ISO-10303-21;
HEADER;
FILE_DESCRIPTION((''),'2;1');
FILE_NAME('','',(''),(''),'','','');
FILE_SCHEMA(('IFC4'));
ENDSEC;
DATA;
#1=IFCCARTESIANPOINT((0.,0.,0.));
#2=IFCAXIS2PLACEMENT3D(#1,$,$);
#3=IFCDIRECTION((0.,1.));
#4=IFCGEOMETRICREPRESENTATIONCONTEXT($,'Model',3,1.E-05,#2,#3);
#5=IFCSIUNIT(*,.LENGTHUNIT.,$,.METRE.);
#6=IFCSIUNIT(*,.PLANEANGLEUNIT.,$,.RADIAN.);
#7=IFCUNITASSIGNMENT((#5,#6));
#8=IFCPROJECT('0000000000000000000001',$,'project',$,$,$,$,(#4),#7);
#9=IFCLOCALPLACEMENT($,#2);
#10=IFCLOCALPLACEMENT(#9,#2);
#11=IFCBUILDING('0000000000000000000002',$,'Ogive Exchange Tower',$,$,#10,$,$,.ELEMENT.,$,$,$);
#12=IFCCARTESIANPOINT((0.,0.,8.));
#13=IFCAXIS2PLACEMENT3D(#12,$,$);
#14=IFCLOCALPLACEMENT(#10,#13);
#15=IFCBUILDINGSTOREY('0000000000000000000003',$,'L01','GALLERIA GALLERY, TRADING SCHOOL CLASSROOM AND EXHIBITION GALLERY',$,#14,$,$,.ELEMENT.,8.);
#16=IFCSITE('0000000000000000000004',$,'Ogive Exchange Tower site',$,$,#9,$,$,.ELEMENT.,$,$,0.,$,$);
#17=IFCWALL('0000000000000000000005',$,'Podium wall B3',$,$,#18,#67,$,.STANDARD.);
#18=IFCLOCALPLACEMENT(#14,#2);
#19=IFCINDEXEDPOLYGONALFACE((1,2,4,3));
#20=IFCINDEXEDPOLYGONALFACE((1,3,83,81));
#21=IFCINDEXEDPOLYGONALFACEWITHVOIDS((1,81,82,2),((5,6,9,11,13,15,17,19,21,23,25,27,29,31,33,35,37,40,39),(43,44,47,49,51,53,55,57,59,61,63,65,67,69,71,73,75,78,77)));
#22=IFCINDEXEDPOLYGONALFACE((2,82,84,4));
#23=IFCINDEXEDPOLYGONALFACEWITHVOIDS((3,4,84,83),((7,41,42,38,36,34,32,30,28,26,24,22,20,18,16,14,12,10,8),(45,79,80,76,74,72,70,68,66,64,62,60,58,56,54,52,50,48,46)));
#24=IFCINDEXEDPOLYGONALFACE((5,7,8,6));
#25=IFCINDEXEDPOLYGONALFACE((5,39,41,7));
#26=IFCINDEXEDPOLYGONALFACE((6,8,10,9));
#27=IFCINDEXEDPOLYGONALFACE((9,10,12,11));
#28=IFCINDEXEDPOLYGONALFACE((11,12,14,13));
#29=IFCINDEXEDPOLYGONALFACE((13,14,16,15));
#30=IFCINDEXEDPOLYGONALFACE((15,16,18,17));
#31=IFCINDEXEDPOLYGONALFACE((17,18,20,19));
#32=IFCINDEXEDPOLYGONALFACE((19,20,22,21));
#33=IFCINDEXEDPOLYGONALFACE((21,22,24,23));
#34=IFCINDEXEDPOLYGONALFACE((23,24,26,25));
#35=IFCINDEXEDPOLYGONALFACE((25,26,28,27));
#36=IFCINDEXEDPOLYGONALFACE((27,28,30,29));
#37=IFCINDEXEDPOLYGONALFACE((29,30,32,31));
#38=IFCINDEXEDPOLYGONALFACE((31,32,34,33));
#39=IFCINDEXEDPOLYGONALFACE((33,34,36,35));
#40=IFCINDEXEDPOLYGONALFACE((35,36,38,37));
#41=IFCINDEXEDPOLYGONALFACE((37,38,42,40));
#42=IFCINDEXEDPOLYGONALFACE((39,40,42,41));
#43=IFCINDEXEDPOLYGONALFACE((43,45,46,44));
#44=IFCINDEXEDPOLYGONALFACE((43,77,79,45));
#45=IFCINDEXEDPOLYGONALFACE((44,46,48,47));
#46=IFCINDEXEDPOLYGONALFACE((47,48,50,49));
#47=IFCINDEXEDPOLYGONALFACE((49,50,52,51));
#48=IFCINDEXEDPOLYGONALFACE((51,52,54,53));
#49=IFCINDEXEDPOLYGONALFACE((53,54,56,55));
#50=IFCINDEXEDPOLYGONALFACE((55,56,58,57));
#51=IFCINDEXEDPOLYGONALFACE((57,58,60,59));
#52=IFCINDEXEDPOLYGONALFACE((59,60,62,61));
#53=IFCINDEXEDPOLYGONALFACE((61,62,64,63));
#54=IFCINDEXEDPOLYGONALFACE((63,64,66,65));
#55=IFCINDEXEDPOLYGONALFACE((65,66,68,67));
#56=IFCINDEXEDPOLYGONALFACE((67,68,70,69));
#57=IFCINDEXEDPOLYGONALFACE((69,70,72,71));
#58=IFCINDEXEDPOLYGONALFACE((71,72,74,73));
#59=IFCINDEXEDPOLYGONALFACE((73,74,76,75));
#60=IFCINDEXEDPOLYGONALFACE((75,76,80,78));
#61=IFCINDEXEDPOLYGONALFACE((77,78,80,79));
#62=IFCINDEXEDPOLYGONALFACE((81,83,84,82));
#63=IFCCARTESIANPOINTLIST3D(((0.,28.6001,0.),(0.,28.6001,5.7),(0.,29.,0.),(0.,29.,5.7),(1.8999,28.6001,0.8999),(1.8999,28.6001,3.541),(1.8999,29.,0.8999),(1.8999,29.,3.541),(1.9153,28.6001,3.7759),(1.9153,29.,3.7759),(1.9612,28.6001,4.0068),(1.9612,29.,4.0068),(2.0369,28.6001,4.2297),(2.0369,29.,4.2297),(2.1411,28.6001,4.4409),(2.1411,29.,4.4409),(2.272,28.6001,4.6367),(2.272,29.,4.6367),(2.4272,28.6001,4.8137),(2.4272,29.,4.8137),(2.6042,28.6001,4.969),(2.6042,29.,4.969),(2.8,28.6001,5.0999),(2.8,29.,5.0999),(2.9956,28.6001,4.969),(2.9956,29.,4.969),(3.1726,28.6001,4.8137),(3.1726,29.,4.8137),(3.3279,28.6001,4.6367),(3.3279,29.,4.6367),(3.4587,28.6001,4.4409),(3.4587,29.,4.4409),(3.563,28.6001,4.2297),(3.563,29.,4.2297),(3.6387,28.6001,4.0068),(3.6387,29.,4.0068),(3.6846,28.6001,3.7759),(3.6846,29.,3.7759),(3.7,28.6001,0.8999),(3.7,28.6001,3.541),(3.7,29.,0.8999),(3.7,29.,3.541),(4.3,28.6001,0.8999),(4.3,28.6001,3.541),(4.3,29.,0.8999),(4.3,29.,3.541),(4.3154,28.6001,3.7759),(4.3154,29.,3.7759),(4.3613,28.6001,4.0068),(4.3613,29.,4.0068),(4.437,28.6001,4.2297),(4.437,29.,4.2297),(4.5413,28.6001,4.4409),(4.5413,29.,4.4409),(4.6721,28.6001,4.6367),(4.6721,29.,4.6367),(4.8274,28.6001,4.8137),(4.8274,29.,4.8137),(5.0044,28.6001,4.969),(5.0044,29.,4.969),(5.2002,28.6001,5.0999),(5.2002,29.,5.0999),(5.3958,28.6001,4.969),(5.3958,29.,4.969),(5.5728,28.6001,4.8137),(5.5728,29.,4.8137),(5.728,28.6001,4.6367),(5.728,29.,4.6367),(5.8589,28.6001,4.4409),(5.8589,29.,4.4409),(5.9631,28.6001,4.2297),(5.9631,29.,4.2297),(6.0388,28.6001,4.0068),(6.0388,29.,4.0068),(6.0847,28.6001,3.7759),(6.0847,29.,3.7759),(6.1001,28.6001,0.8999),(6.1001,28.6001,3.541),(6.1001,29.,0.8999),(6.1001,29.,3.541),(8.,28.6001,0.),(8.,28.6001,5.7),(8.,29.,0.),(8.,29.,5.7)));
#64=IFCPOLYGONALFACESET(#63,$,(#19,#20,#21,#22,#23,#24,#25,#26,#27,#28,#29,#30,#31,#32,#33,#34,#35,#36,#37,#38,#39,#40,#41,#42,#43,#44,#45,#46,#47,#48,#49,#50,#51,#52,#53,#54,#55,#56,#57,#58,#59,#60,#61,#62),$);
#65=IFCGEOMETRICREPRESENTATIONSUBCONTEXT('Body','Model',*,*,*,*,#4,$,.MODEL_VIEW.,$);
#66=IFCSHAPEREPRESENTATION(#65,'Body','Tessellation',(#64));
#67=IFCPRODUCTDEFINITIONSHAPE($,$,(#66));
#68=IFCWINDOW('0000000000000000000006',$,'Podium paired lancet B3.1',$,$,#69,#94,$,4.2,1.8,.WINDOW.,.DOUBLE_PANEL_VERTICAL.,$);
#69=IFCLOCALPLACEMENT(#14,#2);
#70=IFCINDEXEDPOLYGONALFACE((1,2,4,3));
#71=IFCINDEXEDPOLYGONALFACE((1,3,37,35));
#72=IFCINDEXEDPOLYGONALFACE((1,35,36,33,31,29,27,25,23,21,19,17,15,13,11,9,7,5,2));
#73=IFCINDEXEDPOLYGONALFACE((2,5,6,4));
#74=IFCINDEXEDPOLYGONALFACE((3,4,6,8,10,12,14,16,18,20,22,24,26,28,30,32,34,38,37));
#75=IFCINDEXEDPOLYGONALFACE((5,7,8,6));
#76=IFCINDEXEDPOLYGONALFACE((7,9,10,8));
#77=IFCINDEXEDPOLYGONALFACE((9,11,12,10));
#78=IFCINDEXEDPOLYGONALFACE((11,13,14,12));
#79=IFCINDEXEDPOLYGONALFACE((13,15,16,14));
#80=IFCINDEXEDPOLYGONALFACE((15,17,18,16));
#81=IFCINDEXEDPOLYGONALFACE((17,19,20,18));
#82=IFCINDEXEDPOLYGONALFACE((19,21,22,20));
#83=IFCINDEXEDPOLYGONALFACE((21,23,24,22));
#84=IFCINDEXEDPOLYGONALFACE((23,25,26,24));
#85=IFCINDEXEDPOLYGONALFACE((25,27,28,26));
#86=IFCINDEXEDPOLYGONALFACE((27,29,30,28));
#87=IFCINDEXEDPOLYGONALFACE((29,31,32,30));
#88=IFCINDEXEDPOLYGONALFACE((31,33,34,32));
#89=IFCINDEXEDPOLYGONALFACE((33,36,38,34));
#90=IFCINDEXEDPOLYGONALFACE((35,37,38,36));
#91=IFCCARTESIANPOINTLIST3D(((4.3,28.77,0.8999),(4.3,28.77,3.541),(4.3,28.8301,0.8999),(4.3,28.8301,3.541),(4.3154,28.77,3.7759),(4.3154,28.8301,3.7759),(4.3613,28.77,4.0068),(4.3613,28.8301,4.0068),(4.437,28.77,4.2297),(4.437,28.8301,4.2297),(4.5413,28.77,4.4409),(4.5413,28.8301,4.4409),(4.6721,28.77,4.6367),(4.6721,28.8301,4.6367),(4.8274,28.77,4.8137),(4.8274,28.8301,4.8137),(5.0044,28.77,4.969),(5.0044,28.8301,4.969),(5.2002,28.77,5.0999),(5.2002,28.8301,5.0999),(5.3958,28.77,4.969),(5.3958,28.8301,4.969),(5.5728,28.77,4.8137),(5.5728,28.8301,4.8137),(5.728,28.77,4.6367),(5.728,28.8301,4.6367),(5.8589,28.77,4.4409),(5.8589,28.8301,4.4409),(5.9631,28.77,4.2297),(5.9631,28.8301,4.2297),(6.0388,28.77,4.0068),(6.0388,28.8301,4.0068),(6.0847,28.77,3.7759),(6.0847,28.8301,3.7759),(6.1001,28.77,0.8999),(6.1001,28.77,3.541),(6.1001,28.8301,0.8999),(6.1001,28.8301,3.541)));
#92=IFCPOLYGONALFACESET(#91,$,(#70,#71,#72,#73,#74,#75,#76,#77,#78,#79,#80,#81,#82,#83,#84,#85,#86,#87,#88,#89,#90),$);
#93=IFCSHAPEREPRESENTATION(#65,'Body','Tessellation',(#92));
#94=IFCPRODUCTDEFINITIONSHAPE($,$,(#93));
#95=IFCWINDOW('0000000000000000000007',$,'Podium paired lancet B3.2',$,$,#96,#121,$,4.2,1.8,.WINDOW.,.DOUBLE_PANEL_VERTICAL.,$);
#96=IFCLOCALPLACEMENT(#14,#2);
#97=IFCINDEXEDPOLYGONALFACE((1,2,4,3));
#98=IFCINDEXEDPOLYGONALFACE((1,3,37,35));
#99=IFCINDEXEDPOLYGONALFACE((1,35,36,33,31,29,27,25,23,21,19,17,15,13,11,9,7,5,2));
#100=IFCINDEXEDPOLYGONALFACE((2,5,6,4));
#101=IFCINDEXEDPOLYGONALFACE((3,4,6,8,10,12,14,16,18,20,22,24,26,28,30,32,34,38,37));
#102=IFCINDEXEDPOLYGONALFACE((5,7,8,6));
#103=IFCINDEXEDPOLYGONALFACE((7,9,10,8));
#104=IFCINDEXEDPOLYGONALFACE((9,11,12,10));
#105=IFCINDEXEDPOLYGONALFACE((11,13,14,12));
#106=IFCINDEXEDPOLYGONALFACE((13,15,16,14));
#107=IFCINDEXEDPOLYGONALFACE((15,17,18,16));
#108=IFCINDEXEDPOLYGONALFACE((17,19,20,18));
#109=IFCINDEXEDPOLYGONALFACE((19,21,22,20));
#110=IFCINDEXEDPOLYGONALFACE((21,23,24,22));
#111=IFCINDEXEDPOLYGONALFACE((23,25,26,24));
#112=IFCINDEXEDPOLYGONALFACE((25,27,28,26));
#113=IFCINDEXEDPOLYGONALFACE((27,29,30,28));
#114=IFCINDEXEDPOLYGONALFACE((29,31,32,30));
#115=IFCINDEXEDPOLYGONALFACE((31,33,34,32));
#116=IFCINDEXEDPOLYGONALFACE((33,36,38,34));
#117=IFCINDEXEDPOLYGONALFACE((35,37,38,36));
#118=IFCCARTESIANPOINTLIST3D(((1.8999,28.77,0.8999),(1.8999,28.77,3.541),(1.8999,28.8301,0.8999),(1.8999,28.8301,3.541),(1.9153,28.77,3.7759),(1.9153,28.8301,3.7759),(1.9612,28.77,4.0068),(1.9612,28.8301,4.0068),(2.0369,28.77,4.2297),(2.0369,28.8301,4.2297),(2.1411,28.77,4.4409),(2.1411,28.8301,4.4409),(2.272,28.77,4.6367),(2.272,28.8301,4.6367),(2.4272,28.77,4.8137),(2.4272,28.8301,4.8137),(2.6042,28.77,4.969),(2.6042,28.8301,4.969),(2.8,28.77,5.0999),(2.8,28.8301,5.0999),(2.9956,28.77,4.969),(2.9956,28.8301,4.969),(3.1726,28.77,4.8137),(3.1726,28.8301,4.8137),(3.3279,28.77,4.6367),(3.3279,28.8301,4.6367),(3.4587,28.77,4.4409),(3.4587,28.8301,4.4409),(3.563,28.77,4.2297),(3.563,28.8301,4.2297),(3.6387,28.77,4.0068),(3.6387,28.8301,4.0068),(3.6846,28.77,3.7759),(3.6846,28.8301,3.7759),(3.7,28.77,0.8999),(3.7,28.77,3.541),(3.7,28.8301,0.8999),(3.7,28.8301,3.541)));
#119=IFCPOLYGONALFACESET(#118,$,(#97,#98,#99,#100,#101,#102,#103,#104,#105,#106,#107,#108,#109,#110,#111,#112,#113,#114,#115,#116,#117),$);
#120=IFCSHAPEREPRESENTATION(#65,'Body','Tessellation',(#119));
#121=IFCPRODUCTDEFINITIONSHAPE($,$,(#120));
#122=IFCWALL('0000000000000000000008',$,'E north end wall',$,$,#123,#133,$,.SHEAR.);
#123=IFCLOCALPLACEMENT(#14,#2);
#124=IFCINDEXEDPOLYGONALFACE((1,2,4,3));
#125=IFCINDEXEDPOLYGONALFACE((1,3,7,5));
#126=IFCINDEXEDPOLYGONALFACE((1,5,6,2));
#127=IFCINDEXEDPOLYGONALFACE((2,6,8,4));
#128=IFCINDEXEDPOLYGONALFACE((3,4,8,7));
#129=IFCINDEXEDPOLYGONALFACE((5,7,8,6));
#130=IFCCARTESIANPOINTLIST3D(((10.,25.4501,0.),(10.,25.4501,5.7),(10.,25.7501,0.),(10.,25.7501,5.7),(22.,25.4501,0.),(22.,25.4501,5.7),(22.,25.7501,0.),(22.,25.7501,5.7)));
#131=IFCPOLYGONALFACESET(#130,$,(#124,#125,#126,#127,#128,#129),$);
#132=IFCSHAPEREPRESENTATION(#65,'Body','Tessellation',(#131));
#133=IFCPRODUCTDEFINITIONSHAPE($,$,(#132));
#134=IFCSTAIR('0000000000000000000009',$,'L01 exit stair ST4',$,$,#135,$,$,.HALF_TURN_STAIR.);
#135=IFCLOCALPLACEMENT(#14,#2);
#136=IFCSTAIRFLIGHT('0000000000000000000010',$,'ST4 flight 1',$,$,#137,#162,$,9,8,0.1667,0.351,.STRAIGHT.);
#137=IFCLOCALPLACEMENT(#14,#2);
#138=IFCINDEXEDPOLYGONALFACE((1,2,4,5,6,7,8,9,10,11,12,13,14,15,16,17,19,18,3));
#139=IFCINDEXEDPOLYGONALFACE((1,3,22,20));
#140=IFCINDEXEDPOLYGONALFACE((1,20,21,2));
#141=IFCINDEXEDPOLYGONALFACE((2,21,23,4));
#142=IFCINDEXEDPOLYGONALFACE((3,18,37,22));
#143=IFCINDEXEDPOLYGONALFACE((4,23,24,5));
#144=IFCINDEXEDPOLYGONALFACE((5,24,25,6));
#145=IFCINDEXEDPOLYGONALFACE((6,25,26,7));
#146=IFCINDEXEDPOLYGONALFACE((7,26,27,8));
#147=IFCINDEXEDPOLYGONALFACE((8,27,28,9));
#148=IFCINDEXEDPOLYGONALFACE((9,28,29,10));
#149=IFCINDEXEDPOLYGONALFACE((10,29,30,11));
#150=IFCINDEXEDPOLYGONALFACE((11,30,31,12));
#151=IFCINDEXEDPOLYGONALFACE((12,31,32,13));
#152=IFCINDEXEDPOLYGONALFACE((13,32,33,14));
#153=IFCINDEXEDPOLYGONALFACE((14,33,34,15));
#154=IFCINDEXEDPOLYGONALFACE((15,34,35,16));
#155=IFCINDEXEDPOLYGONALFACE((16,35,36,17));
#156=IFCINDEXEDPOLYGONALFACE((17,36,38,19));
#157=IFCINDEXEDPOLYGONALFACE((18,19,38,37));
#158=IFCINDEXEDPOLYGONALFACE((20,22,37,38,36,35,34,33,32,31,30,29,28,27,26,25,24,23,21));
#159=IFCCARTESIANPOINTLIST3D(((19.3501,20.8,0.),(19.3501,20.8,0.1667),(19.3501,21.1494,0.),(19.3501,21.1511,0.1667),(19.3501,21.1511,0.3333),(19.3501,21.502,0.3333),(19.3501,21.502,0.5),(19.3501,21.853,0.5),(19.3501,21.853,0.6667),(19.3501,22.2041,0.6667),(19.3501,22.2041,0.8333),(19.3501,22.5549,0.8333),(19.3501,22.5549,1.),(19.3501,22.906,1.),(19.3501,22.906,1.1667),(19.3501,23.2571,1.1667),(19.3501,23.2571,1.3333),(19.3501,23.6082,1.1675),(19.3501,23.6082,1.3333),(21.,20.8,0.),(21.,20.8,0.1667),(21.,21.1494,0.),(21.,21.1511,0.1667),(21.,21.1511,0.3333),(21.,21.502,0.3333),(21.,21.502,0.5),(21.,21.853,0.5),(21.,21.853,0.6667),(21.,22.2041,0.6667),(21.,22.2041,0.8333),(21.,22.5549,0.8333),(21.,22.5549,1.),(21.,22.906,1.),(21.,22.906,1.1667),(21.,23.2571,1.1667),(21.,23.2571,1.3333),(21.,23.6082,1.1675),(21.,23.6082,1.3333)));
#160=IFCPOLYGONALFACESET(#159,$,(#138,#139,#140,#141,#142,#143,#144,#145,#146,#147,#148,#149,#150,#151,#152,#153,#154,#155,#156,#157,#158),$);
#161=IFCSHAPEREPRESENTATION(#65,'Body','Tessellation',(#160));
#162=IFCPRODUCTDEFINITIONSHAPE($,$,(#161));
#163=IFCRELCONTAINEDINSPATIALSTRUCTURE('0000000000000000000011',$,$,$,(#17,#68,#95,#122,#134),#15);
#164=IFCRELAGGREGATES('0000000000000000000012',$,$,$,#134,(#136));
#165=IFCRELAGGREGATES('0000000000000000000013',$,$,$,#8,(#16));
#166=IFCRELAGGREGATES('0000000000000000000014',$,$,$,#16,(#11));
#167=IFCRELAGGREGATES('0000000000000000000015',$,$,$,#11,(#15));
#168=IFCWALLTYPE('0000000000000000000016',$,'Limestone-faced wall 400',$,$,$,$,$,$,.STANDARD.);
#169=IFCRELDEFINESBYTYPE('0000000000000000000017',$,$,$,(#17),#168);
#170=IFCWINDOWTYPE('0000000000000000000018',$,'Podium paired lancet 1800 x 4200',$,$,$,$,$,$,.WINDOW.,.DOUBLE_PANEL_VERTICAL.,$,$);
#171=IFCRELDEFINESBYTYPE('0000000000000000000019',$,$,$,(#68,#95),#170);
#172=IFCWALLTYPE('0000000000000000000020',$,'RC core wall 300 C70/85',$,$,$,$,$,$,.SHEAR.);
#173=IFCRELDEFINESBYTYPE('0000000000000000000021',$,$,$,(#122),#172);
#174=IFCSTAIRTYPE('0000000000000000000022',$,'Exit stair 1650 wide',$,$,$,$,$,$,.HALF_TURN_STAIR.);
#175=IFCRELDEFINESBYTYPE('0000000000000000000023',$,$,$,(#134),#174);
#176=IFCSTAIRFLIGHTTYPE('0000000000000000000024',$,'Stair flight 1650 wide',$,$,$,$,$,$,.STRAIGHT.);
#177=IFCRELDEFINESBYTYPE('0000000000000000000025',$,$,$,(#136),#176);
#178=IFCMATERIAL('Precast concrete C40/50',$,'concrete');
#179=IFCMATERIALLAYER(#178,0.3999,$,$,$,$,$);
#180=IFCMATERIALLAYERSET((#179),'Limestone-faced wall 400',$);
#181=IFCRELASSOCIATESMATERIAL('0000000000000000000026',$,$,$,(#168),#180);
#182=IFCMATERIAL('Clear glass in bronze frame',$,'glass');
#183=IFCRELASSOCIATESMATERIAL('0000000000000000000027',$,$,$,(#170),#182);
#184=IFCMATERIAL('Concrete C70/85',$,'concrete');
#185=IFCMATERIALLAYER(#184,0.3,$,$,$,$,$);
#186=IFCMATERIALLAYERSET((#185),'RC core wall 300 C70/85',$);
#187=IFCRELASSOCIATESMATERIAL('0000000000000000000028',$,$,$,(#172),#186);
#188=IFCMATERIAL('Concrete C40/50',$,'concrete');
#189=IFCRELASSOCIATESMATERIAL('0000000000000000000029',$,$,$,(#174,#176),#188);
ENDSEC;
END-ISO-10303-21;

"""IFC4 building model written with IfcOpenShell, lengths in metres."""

from ifc_helpers import new_model, si_unit, direction, frame, frame_2d, origin, place, context, subcontext, project, spatial, polyline, rectangle, outline, extrude, material, layer, layer_set, type_object, element, fill, aggregate, save


model = new_model("IFC4")

# Units and contexts
model_context = context("Model", 3, precision=1e-05, world=origin(), true_north=direction((0.0, 1.0)))
body_context = subcontext(model_context, "Body", "Model", "MODEL_VIEW")
ifc_project = project(units=[si_unit("LENGTHUNIT", "METRE"), si_unit("PLANEANGLEUNIT", "RADIAN")], contexts=[model_context])

# Site, building, storey
site_placement = place(None, origin())
site = spatial("IfcSite", under=ifc_project, at=site_placement, Name="Ogive Exchange Tower site", CompositionType="ELEMENT", RefElevation=0.0)
building_placement = place(site_placement, origin())
building = spatial("IfcBuilding", under=site, at=building_placement, Name="Ogive Exchange Tower", CompositionType="ELEMENT")
storey_placement = place(building_placement, frame((0.0, 0.0, 8.0)))
storey = spatial("IfcBuildingStorey", under=building, at=storey_placement, Name="L01", Description="GALLERIA GALLERY, TRADING SCHOOL CLASSROOM AND EXHIBITION GALLERY", CompositionType="ELEMENT", Elevation=8.0)

# Shared definitions
ifc_material_1 = material(Name="Concrete C70/85", Category="concrete")

# Wall, openings, windows
ifc_material_2 = material(Name="Precast concrete C40/50", Category="concrete")
ifc_layer_1 = layer(ifc_material_2, 0.3999)
ifc_layer_set_1 = layer_set([ifc_layer_1], Name="Limestone-faced wall 400")
wall_type_1 = type_object("IfcWallType", Name="Limestone-faced wall 400", PredefinedType="STANDARD", material=ifc_layer_set_1)
ifc_material_3 = material(Name="Clear glass in bronze frame", Category="glass")
window_type = type_object("IfcWindowType", Name="Podium paired lancet 1800 x 4200", PartitioningType="DOUBLE_PANEL_VERTICAL", PredefinedType="WINDOW", material=ifc_material_3)
wall_1_placement = place(storey_placement, frame((8.0, 28.8, 0.0), z_axis=(0.0, 0.0, 1.0), x_axis=(-1.0, 0.0, 0.0)))
wall_1 = element("IfcWall", 1, at=wall_1_placement, inside=storey, type_object=wall_type_1, Name="Podium wall B3", PredefinedType="STANDARD", context=body_context, shape_type="SweptSolid", body=[
    extrude(rectangle(XDim=8.0, YDim=0.3999, at=frame_2d((4.0, 0.0))), origin(), (0.0, 0.0, 1.0), 5.7),
])
opening_1_placement = place(wall_1_placement, frame((1.8999, 0.0, 0.8999)))
opening_1 = element("IfcOpeningElement", 2, at=opening_1_placement, cuts=wall_1, PredefinedType="OPENING", context=body_context, shape_type="SweptSolid", body=[
    extrude(outline(polyline([(0.0, 0.0), (1.8, 0.0), (1.8, 2.6411), (1.7847, 2.876), (1.7388, 3.1069), (1.6631, 3.3298), (1.5588, 3.541), (1.428, 3.7368), (1.2727, 3.9138), (1.0957, 4.0691), (0.8999, 4.2), (0.7043, 4.0691), (0.5273, 3.9138), (0.3721, 3.7368), (0.2412, 3.541), (0.137, 3.3298), (0.0613, 3.1069), (0.0154, 2.876), (0.0, 2.6411), (0.0, 0.0)])), frame((0.0, 0.21, 0.0), z_axis=(0.0, -1.0, 0.0), x_axis=(1.0, 0.0, 0.0)), (0.0, 0.0, 1.0), 0.4199),
])
opening_2_placement = place(wall_1_placement, frame((4.3, 0.0, 0.8999)))
opening_2 = element("IfcOpeningElement", 3, at=opening_2_placement, cuts=wall_1, PredefinedType="OPENING", context=body_context, shape_type="SweptSolid", body=[
    extrude(outline(polyline([(0.0, 0.0), (1.8, 0.0), (1.8, 2.6411), (1.7847, 2.876), (1.7388, 3.1069), (1.6631, 3.3298), (1.5588, 3.541), (1.428, 3.7368), (1.2727, 3.9138), (1.0957, 4.0691), (0.8999, 4.2), (0.7043, 4.0691), (0.5273, 3.9138), (0.3721, 3.7368), (0.2412, 3.541), (0.137, 3.3298), (0.0613, 3.1069), (0.0154, 2.876), (0.0, 2.6411), (0.0, 0.0)])), frame((0.0, 0.21, 0.0), z_axis=(0.0, -1.0, 0.0), x_axis=(1.0, 0.0, 0.0)), (0.0, 0.0, 1.0), 0.4199),
])
window_1_placement = place(opening_1_placement, origin())
window_1 = element("IfcWindow", 4, at=window_1_placement, inside=storey, type_object=window_type, Name="Podium paired lancet B3.1", OverallHeight=4.2, OverallWidth=1.8, PartitioningType="DOUBLE_PANEL_VERTICAL", PredefinedType="WINDOW", context=body_context, shape_type="SweptSolid", body=[
    extrude(outline(polyline([(0.0, 0.0), (1.8, 0.0), (1.8, 2.6411), (1.7847, 2.876), (1.7388, 3.1069), (1.6631, 3.3298), (1.5588, 3.541), (1.428, 3.7368), (1.2727, 3.9138), (1.0957, 4.0691), (0.8999, 4.2), (0.7043, 4.0691), (0.5273, 3.9138), (0.3721, 3.7368), (0.2412, 3.541), (0.137, 3.3298), (0.0613, 3.1069), (0.0154, 2.876), (0.0, 2.6411), (0.0, 0.0)])), frame((0.0, 0.03, 0.0), z_axis=(0.0, -1.0, 0.0), x_axis=(1.0, 0.0, 0.0)), (0.0, 0.0, 1.0), 0.0601),
])
fill(opening_1, window_1)
window_2_placement = place(opening_2_placement, origin())
window_2 = element("IfcWindow", 5, at=window_2_placement, inside=storey, type_object=window_type, Name="Podium paired lancet B3.2", OverallHeight=4.2, OverallWidth=1.8, PartitioningType="DOUBLE_PANEL_VERTICAL", PredefinedType="WINDOW", context=body_context, shape_type="SweptSolid", body=[
    extrude(outline(polyline([(0.0, 0.0), (1.8, 0.0), (1.8, 2.6411), (1.7847, 2.876), (1.7388, 3.1069), (1.6631, 3.3298), (1.5588, 3.541), (1.428, 3.7368), (1.2727, 3.9138), (1.0957, 4.0691), (0.8999, 4.2), (0.7043, 4.0691), (0.5273, 3.9138), (0.3721, 3.7368), (0.2412, 3.541), (0.137, 3.3298), (0.0613, 3.1069), (0.0154, 2.876), (0.0, 2.6411), (0.0, 0.0)])), frame((0.0, 0.03, 0.0), z_axis=(0.0, -1.0, 0.0), x_axis=(1.0, 0.0, 0.0)), (0.0, 0.0, 1.0), 0.0601),
])
fill(opening_2, window_2)

# Wall
ifc_layer_2 = layer(ifc_material_1, 0.3)
ifc_layer_set_2 = layer_set([ifc_layer_2], Name="RC core wall 300 C70/85")
wall_type_2 = type_object("IfcWallType", Name="RC core wall 300 C70/85", PredefinedType="SHEAR", material=ifc_layer_set_2)
wall_2_placement = place(storey_placement, frame((10.0, 25.6001, 0.0), z_axis=(0.0, 0.0, 1.0), x_axis=(1.0, 0.0, 0.0)))
element("IfcWall", 6, at=wall_2_placement, inside=storey, type_object=wall_type_2, Name="E north end wall", PredefinedType="SHEAR", context=body_context, shape_type="SweptSolid", body=[
    extrude(rectangle(XDim=12.0, YDim=0.3, at=frame_2d((6.0, 0.0))), origin(), (0.0, 0.0, 1.0), 5.7),
])

# Stair, stair flight
ifc_material_4 = material(Name="Concrete C40/50", Category="concrete")
stair_type = type_object("IfcStairType", Name="Exit stair 1650 wide", PredefinedType="HALF_TURN_STAIR", material=ifc_material_4)
stair_placement = place(storey_placement, origin())
stair = element("IfcStair", 7, at=stair_placement, inside=storey, type_object=stair_type, Name="L01 exit stair ST4", PredefinedType="HALF_TURN_STAIR")
stair_flight_type = type_object("IfcStairFlightType", Name="Stair flight 1650 wide", PredefinedType="STRAIGHT", material=ifc_material_4)
stair_flight_1_placement = place(storey_placement, frame((20.175, 20.8, 0.0), z_axis=(0.0, 0.0, 1.0), x_axis=(0.0, 1.0, 0.0)))
stair_flight_1 = element("IfcStairFlight", 8, at=stair_flight_1_placement, type_object=stair_flight_type, Name="ST4 flight 1", NumberOfRisers=9, NumberOfTreads=8, PredefinedType="STRAIGHT", RiserHeight=0.1667, TreadLength=0.351, context=body_context, shape_type="SweptSolid", body=[
    extrude(outline(polyline([(0.0, 0.0), (0.0, 0.1667), (0.3511, 0.1667), (0.3511, 0.3333), (0.7019, 0.3333), (0.7019, 0.5), (1.053, 0.5), (1.053, 0.6667), (1.4041, 0.6667), (1.4041, 0.8333), (1.7549, 0.8333), (1.7549, 1.0), (2.106, 1.0), (2.106, 1.1667), (2.457, 1.1667), (2.457, 1.3333), (2.8081, 1.3333), (2.8081, 1.5), (2.8081, 1.1675), (0.3494, 0.0), (0.0, 0.0)])), frame((0.0, 0.825, 0.0), z_axis=(0.0, -1.0, 0.0), x_axis=(1.0, 0.0, 0.0)), (0.0, 0.0, 1.0), 1.6499),
])
aggregate(stair, [stair_flight_1])

save(model, "model.ifc")
